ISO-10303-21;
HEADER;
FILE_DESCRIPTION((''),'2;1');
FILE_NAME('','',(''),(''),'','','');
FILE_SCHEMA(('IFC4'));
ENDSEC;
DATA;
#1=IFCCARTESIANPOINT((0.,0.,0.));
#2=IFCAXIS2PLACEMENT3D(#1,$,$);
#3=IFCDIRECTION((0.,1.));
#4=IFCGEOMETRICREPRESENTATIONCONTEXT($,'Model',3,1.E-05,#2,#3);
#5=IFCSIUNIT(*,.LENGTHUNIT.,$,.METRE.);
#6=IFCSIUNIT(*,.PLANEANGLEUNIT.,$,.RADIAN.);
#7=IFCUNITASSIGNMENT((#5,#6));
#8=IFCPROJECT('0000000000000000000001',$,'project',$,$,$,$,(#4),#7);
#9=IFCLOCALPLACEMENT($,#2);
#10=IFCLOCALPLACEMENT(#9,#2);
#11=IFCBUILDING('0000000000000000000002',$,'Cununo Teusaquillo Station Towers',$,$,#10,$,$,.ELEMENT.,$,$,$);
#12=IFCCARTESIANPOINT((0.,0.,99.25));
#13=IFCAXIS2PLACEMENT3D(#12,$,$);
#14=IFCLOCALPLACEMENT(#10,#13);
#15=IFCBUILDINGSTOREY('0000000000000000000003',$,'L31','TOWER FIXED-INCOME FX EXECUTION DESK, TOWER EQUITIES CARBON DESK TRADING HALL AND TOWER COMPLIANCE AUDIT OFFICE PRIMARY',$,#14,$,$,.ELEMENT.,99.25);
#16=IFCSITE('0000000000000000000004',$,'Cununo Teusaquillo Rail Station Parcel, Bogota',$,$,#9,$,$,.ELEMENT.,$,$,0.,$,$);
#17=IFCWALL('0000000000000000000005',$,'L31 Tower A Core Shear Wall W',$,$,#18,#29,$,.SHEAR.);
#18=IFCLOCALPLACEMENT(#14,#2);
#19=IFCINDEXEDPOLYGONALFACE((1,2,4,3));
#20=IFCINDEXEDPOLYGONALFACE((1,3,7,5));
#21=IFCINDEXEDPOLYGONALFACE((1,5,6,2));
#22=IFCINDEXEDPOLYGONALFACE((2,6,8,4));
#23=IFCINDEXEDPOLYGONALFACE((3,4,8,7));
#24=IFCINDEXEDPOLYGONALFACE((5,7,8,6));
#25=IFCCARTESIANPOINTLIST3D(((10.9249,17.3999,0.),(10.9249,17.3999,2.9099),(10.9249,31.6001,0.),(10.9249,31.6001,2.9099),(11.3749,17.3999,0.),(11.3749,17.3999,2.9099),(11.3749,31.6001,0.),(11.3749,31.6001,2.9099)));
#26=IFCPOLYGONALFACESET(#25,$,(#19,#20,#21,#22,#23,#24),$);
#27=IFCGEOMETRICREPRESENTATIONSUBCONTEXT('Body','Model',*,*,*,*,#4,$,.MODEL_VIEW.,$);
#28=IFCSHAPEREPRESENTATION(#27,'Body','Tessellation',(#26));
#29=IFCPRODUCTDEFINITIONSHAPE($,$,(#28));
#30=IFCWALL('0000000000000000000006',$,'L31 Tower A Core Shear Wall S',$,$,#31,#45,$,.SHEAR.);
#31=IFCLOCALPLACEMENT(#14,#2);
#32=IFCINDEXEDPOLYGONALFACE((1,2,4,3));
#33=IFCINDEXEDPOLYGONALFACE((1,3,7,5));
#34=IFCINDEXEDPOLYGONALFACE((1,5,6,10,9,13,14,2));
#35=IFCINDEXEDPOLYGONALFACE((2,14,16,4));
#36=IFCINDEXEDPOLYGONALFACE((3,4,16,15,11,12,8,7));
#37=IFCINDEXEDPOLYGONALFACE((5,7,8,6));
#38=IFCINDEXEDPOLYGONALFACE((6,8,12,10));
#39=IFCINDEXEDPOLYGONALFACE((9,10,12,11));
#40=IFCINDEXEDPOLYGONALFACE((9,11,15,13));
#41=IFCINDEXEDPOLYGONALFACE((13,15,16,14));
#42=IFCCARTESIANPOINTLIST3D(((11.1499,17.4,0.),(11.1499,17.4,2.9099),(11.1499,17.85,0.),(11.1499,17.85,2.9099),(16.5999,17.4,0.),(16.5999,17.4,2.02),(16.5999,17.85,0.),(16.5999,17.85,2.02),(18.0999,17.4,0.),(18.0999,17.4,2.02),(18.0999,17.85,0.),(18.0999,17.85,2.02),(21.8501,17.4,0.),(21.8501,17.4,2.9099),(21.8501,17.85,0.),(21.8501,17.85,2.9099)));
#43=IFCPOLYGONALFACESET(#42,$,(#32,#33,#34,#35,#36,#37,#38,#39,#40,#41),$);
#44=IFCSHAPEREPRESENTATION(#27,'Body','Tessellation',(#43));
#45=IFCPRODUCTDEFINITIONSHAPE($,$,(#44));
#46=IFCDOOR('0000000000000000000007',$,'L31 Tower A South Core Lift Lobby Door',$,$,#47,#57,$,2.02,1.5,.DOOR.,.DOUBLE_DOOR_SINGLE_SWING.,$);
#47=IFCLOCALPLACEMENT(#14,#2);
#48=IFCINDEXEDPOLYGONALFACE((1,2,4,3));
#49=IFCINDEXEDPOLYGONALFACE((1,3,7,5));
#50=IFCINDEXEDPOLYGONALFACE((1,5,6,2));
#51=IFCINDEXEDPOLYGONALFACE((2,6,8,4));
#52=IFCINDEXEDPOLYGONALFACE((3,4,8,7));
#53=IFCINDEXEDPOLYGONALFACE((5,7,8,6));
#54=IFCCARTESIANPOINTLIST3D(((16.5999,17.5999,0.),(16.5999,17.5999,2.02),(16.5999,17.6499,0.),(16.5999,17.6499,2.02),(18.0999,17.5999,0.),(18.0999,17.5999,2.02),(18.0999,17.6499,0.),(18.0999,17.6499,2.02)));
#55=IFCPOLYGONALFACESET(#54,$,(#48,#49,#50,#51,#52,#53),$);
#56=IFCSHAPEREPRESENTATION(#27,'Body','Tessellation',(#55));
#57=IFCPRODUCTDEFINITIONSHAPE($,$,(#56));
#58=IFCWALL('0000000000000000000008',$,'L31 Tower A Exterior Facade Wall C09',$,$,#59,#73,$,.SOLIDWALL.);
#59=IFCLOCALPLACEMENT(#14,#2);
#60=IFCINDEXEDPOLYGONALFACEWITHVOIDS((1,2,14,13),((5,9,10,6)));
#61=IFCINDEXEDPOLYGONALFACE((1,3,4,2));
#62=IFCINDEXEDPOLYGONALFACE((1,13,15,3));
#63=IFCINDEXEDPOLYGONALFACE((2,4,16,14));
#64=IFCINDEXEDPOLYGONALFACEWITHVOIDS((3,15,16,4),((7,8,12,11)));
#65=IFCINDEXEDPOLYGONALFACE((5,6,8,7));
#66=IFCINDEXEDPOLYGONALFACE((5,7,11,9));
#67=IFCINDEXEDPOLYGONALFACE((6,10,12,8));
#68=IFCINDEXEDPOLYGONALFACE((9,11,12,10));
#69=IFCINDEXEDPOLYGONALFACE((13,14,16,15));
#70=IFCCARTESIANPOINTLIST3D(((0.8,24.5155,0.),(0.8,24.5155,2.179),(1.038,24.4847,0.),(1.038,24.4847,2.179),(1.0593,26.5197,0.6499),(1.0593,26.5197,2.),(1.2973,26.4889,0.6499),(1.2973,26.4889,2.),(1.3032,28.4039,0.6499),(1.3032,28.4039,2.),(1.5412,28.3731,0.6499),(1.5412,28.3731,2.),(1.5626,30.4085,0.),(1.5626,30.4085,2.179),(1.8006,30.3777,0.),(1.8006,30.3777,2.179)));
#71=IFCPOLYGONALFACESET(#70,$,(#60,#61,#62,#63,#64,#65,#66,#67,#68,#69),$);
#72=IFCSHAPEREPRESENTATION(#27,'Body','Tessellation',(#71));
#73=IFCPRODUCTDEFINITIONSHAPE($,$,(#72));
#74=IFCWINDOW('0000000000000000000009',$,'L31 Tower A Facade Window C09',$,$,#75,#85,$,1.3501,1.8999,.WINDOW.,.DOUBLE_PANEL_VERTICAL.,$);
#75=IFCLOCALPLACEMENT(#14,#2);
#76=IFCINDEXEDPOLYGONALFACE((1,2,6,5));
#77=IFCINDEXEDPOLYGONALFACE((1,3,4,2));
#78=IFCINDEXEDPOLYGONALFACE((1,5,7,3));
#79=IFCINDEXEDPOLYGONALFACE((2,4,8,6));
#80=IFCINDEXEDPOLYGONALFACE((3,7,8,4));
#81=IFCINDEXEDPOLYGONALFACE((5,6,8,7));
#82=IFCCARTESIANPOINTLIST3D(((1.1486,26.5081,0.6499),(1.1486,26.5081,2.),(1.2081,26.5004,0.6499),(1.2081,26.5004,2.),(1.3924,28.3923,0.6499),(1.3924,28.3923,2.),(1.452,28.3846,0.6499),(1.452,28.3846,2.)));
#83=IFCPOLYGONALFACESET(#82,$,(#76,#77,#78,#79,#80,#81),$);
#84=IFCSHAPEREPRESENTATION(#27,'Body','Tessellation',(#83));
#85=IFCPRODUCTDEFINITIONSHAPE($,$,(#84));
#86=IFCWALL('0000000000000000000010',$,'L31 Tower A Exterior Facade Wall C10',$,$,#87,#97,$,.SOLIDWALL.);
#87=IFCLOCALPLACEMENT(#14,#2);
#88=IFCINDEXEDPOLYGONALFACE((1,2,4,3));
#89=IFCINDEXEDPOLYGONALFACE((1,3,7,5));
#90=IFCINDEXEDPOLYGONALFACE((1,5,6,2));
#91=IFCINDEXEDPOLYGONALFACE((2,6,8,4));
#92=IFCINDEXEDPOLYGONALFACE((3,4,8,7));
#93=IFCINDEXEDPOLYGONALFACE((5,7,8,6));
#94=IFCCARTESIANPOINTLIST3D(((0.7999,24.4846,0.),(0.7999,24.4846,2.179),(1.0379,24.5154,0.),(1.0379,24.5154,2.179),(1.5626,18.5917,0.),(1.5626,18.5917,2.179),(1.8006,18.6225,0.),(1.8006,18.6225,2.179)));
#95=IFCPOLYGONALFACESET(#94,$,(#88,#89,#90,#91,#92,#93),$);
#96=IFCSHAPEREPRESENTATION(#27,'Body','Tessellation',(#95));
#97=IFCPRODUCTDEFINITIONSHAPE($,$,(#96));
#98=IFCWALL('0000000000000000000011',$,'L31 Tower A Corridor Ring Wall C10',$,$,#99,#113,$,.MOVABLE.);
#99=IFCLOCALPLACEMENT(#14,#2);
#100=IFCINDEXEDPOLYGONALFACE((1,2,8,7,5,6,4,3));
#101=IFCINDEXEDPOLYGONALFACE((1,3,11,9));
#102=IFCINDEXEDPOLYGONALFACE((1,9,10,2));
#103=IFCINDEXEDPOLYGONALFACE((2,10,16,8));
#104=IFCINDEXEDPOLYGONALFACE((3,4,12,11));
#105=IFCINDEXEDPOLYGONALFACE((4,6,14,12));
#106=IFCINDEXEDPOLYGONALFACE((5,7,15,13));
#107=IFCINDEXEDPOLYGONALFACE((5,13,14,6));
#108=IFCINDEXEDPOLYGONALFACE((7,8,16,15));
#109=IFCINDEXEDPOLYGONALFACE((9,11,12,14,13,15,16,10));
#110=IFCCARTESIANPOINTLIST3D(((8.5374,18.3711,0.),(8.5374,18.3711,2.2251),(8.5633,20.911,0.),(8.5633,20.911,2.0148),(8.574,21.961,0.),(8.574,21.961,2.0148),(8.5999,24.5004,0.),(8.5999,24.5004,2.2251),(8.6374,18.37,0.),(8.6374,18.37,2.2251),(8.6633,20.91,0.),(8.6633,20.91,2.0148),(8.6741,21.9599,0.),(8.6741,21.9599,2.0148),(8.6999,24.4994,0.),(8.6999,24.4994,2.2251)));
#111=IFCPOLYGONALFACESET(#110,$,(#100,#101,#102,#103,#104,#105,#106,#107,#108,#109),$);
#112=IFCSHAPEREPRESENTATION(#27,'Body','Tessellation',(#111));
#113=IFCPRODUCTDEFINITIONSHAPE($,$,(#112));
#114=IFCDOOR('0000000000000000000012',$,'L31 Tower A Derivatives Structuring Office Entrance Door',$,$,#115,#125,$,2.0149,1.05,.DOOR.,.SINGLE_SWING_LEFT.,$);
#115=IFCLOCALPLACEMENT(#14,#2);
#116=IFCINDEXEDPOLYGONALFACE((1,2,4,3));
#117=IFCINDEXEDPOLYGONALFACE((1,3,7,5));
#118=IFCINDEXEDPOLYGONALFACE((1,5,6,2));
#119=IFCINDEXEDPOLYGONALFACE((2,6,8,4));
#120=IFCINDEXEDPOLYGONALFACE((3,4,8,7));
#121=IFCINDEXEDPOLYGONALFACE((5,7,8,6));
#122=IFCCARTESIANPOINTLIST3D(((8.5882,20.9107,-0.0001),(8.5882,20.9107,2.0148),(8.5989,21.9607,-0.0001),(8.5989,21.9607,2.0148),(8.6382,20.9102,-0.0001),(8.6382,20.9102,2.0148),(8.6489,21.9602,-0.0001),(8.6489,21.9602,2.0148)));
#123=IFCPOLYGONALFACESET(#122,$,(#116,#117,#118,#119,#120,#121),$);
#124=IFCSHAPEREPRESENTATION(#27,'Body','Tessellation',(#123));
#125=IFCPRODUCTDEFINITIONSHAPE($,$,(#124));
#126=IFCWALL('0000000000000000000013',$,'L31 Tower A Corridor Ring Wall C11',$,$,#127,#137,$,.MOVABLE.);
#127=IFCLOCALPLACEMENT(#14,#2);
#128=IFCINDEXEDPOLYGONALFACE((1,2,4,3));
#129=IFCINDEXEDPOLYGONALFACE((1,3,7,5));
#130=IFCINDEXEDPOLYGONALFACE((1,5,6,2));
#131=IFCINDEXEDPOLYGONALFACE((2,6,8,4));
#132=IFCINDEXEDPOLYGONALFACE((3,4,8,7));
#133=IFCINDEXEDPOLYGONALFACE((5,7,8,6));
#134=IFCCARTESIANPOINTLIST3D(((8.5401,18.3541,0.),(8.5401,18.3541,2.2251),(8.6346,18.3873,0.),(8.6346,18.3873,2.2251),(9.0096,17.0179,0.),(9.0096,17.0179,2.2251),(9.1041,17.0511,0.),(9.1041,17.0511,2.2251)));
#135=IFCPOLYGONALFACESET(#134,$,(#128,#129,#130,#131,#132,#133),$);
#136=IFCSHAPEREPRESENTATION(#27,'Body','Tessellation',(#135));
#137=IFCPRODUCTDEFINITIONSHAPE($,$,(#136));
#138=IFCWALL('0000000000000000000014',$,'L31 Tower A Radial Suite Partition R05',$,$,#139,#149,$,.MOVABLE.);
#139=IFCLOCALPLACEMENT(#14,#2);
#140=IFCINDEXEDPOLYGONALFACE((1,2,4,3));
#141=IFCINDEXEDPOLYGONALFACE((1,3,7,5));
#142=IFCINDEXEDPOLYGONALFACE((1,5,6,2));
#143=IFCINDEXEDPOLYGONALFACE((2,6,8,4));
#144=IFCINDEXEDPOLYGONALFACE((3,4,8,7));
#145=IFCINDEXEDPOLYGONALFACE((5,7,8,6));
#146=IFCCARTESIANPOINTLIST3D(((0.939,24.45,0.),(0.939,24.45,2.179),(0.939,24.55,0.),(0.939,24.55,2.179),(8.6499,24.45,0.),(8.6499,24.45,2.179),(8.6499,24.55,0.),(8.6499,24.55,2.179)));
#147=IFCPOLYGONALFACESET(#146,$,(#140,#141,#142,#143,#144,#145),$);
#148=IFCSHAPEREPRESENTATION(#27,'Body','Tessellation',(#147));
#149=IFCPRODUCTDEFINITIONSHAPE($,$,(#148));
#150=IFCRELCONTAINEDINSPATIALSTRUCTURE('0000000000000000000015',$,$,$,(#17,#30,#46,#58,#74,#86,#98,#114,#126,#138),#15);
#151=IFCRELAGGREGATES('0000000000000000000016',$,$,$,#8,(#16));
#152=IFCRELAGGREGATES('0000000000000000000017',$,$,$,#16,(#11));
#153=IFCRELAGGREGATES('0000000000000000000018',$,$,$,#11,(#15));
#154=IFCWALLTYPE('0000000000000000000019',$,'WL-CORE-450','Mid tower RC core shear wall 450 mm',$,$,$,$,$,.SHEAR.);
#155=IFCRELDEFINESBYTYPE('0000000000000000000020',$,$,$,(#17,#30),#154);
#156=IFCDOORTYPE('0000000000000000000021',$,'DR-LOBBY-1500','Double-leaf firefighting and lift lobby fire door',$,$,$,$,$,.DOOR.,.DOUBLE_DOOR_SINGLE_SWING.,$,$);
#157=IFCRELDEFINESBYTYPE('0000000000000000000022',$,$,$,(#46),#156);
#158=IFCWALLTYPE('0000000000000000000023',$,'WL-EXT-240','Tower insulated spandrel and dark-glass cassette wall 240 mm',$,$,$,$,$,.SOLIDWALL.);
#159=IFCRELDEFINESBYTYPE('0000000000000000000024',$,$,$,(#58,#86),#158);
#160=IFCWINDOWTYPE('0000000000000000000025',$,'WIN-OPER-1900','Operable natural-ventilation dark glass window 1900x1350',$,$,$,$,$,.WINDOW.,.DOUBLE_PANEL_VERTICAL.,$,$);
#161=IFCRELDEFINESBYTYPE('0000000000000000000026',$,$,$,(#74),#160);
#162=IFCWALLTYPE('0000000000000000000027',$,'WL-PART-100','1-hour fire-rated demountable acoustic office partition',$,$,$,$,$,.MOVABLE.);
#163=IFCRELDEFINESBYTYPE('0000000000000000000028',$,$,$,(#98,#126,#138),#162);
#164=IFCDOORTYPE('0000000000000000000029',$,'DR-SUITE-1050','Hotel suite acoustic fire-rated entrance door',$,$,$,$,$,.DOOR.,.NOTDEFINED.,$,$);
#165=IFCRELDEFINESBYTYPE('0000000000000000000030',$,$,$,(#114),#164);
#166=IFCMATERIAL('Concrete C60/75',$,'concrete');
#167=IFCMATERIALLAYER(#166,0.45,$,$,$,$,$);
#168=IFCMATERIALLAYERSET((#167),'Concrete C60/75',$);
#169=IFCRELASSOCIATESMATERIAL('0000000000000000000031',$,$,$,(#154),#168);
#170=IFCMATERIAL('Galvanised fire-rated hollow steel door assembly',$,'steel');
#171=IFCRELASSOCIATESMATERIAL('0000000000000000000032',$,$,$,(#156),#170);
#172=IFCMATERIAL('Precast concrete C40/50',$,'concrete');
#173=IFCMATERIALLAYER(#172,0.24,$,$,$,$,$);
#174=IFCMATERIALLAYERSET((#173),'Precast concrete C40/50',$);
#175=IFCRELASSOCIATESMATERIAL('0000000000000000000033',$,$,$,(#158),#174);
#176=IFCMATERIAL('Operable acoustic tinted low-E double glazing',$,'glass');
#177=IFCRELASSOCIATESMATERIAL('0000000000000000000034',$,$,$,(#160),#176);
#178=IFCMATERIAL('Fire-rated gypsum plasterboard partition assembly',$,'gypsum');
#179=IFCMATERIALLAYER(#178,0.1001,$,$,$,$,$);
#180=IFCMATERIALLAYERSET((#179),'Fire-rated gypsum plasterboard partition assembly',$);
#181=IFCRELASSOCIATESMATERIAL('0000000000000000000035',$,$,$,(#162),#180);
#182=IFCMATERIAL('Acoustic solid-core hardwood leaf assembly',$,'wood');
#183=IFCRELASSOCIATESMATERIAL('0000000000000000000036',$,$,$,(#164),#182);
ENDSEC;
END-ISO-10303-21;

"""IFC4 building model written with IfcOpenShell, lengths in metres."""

from ifc_helpers import new_model, si_unit, direction, frame, frame_2d, origin, place, context, subcontext, project, spatial, rectangle, extrude, source, transform, mapped, material, layer, layer_set, type_object, element, fill, save


model = new_model("IFC4")

# Units and contexts
model_context = context("Model", 3, precision=1e-05, world=origin(), true_north=direction((0.0, 1.0)))
body_context = subcontext(model_context, "Body", "Model", "MODEL_VIEW")
ifc_project = project(units=[si_unit("LENGTHUNIT", "METRE"), si_unit("PLANEANGLEUNIT", "RADIAN")], contexts=[model_context])

# Site, building, storey
site_placement = place(None, origin())
site = spatial("IfcSite", under=ifc_project, at=site_placement, Name="Cununo Teusaquillo Rail Station Parcel, Bogota", CompositionType="ELEMENT", RefElevation=0.0)
building_placement = place(site_placement, origin())
building = spatial("IfcBuilding", under=site, at=building_placement, Name="Cununo Teusaquillo Station Towers", CompositionType="ELEMENT")
storey_placement = place(building_placement, frame((0.0, 0.0, 99.25)))
storey = spatial("IfcBuildingStorey", under=building, at=storey_placement, Name="L31", Description="TOWER FIXED-INCOME FX EXECUTION DESK, TOWER EQUITIES CARBON DESK TRADING HALL AND TOWER COMPLIANCE AUDIT OFFICE PRIMARY", CompositionType="ELEMENT", Elevation=99.25)

# Wall
ifc_material_1 = material(Name="Concrete C60/75", Category="concrete")
ifc_layer_1 = layer(ifc_material_1, 0.45)
ifc_layer_set_1 = layer_set([ifc_layer_1], Name="Concrete C60/75")
wall_type_1 = type_object("IfcWallType", Name="WL-CORE-450", Description="Mid tower RC core shear wall 450 mm", PredefinedType="SHEAR", material=ifc_layer_set_1)
wall_1_placement = place(storey_placement, frame((11.1499, 17.3999, 0.0), z_axis=(0.0, 0.0, 1.0), x_axis=(0.0, 1.0, 0.0)))
element("IfcWall", 1, at=wall_1_placement, inside=storey, type_object=wall_type_1, Name="L31 Tower A Core Shear Wall W", PredefinedType="SHEAR", context=body_context, shape_type="SweptSolid", body=[
    extrude(rectangle(XDim=14.2002, YDim=0.45, at=frame_2d((7.1001, 0.0))), origin(), (0.0, 0.0, 1.0), 2.9099),
])

# Wall, opening, door
wall_2_placement = place(storey_placement, frame((11.1499, 17.625, 0.0), z_axis=(0.0, 0.0, 1.0), x_axis=(1.0, 0.0, 0.0)))
wall_2 = element("IfcWall", 2, at=wall_2_placement, inside=storey, type_object=wall_type_1, Name="L31 Tower A Core Shear Wall S", PredefinedType="SHEAR", context=body_context, shape_type="SweptSolid", body=[
    extrude(rectangle(XDim=10.7002, YDim=0.45, at=frame_2d((5.3501, 0.0))), origin(), (0.0, 0.0, 1.0), 2.9099),
])
shared_shape_1 = source(origin(), body_context, "Body", "SweptSolid", [
    extrude(rectangle(XDim=1.5, YDim=2.02, at=frame_2d((0.75, 1.01))), frame((0.0, 0.2349, 0.0), z_axis=(0.0, -1.0, 0.0), x_axis=(1.0, 0.0, 0.0)), (0.0, 0.0, 1.0), 0.47),
])
opening_1_placement = place(wall_2_placement, frame((5.45, 0.0, 0.0)))
opening_1 = element("IfcOpeningElement", 3, at=opening_1_placement, cuts=wall_2, PredefinedType="OPENING", context=body_context, shape_type="MappedRepresentation", body=[
    mapped(shared_shape_1, transform((0.0, 0.0, 0.0), x_axis=(1.0, 0.0, 0.0), y_axis=(0.0, 1.0, 0.0), z_axis=(0.0, 0.0, 1.0), scale=1.0)),
])
ifc_material_2 = material(Name="Galvanised fire-rated hollow steel door assembly", Category="steel")
door_type_1 = type_object("IfcDoorType", Name="DR-LOBBY-1500", Description="Double-leaf firefighting and lift lobby fire door", OperationType="DOUBLE_DOOR_SINGLE_SWING", PredefinedType="DOOR", material=ifc_material_2)
shared_shape_2 = source(origin(), body_context, "Body", "SweptSolid", [
    extrude(rectangle(XDim=1.5, YDim=2.02, at=frame_2d((0.75, 1.01))), frame((0.0, 0.0249, 0.0), z_axis=(0.0, -1.0, 0.0), x_axis=(1.0, 0.0, 0.0)), (0.0, 0.0, 1.0), 0.05),
])
door_1_placement = place(opening_1_placement, origin())
door_1 = element("IfcDoor", 4, at=door_1_placement, inside=storey, type_object=door_type_1, Name="L31 Tower A South Core Lift Lobby Door", OperationType="DOUBLE_DOOR_SINGLE_SWING", OverallHeight=2.02, OverallWidth=1.5, PredefinedType="DOOR", context=body_context, shape_type="MappedRepresentation", body=[
    mapped(shared_shape_2, transform((0.0, 0.0, 0.0), x_axis=(1.0, 0.0, 0.0), y_axis=(0.0, 1.0, 0.0), z_axis=(0.0, 0.0, 1.0), scale=1.0)),
])
fill(opening_1, door_1)

# Wall, opening, window
ifc_material_3 = material(Name="Precast concrete C40/50", Category="concrete")
ifc_layer_2 = layer(ifc_material_3, 0.24)
ifc_layer_set_2 = layer_set([ifc_layer_2], Name="Precast concrete C40/50")
wall_type_2 = type_object("IfcWallType", Name="WL-EXT-240", Description="Tower insulated spandrel and dark-glass cassette wall 240 mm", PredefinedType="SOLIDWALL", material=ifc_layer_set_2)
wall_3_placement = place(storey_placement, frame((0.9189, 24.5, 0.0), z_axis=(0.0, 0.0, 1.0), x_axis=(0.128352, 0.991729, 0.0)))
wall_3 = element("IfcWall", 5, at=wall_3_placement, inside=storey, type_object=wall_type_2, Name="L31 Tower A Exterior Facade Wall C09", PredefinedType="SOLIDWALL", context=body_context, shape_type="SweptSolid", body=[
    extrude(rectangle(XDim=5.9421, YDim=0.24, at=frame_2d((2.9712, 0.0))), origin(), (0.0, 0.0, 1.0), 2.179),
])
shared_shape_3 = source(origin(), body_context, "Body", "SweptSolid", [
    extrude(rectangle(XDim=1.8999, YDim=1.3501, at=frame_2d((0.95, 0.675))), frame((0.0, 0.1299, 0.0), z_axis=(0.0, -1.0, 0.0), x_axis=(1.0, 0.0, 0.0)), (0.0, 0.0, 1.0), 0.26),
])
opening_2_placement = place(wall_3_placement, frame((2.021, 0.0, 0.6499)))
opening_2 = element("IfcOpeningElement", 6, at=opening_2_placement, cuts=wall_3, PredefinedType="OPENING", context=body_context, shape_type="MappedRepresentation", body=[
    mapped(shared_shape_3, transform((0.0, 0.0, 0.0), x_axis=(1.0, 0.0, 0.0), y_axis=(0.0, 1.0, 0.0), z_axis=(0.0, 0.0, 1.0), scale=1.0)),
])
ifc_material_4 = material(Name="Operable acoustic tinted low-E double glazing", Category="glass")
window_type = type_object("IfcWindowType", Name="WIN-OPER-1900", Description="Operable natural-ventilation dark glass window 1900x1350", PartitioningType="DOUBLE_PANEL_VERTICAL", PredefinedType="WINDOW", material=ifc_material_4)
shared_shape_4 = source(origin(), body_context, "Body", "SweptSolid", [
    extrude(rectangle(XDim=1.8999, YDim=1.3501, at=frame_2d((0.95, 0.675))), frame((0.0, 0.03, 0.0), z_axis=(0.0, -1.0, 0.0), x_axis=(1.0, 0.0, 0.0)), (0.0, 0.0, 1.0), 0.0601),
])
window_placement = place(opening_2_placement, origin())
window = element("IfcWindow", 7, at=window_placement, inside=storey, type_object=window_type, Name="L31 Tower A Facade Window C09", OverallHeight=1.3501, OverallWidth=1.8999, PartitioningType="DOUBLE_PANEL_VERTICAL", PredefinedType="WINDOW", context=body_context, shape_type="MappedRepresentation", body=[
    mapped(shared_shape_4, transform((0.0, 0.0, 0.0), x_axis=(1.0, 0.0, 0.0), y_axis=(0.0, 1.0, 0.0), z_axis=(0.0, 0.0, 1.0), scale=1.0)),
])
fill(opening_2, window)

# Wall
wall_4_placement = place(storey_placement, frame((1.6816, 18.6069, 0.0), z_axis=(0.0, 0.0, 1.0), x_axis=(-0.128352, 0.991729, 0.0)))
element("IfcWall", 8, at=wall_4_placement, inside=storey, type_object=wall_type_2, Name="L31 Tower A Exterior Facade Wall C10", PredefinedType="SOLIDWALL", context=body_context, shape_type="SweptSolid", body=[
    extrude(rectangle(XDim=5.9421, YDim=0.24, at=frame_2d((2.9712, 0.0))), origin(), (0.0, 0.0, 1.0), 2.179),
])

# Wall, opening, door
ifc_material_5 = material(Name="Fire-rated gypsum plasterboard partition assembly", Category="gypsum")
ifc_layer_3 = layer(ifc_material_5, 0.1001)
ifc_layer_set_3 = layer_set([ifc_layer_3], Name="Fire-rated gypsum plasterboard partition assembly")
wall_type_3 = type_object("IfcWallType", Name="WL-PART-100", Description="1-hour fire-rated demountable acoustic office partition", PredefinedType="MOVABLE", material=ifc_layer_set_3)
wall_5_placement = place(storey_placement, frame((8.6499, 24.5, 0.0), z_axis=(0.0, 0.0, 1.0), x_axis=(-0.010196, -0.999948, 0.0)))
wall_5 = element("IfcWall", 9, at=wall_5_placement, inside=storey, type_object=wall_type_3, Name="L31 Tower A Corridor Ring Wall C10", PredefinedType="MOVABLE", context=body_context, shape_type="SweptSolid", body=[
    extrude(rectangle(XDim=6.1296, YDim=0.1001, at=frame_2d((3.0649, 0.0))), origin(), (0.0, 0.0, 1.0), 2.2251),
])
shared_shape_5 = source(origin(), body_context, "Body", "SweptSolid", [
    extrude(rectangle(XDim=1.05, YDim=2.0149, at=frame_2d((0.5249, 1.0073))), frame((0.0, 0.0601, 0.0), z_axis=(0.0, -1.0, 0.0), x_axis=(1.0, 0.0, 0.0)), (0.0, 0.0, 1.0), 0.1201),
])
opening_3_placement = place(wall_5_placement, frame((2.5398, 0.0, 0.0)))
opening_3 = element("IfcOpeningElement", 10, at=opening_3_placement, cuts=wall_5, PredefinedType="OPENING", context=body_context, shape_type="MappedRepresentation", body=[
    mapped(shared_shape_5, transform((0.0, 0.0, 0.0), x_axis=(1.0, 0.0, 0.0), y_axis=(0.0, 1.0, 0.0), z_axis=(0.0, 0.0, 1.0), scale=1.0)),
])
ifc_material_6 = material(Name="Acoustic solid-core hardwood leaf assembly", Category="wood")
door_type_2 = type_object("IfcDoorType", Name="DR-SUITE-1050", Description="Hotel suite acoustic fire-rated entrance door", OperationType="NOTDEFINED", PredefinedType="DOOR", material=ifc_material_6)
shared_shape_6 = source(origin(), body_context, "Body", "SweptSolid", [
    extrude(rectangle(XDim=1.05, YDim=2.0149, at=frame_2d((0.5249, 1.0073))), frame((0.0, 0.0249, 0.0), z_axis=(0.0, -1.0, 0.0), x_axis=(1.0, 0.0, 0.0)), (0.0, 0.0, 1.0), 0.05),
])
door_2_placement = place(opening_3_placement, origin())
door_2 = element("IfcDoor", 11, at=door_2_placement, inside=storey, type_object=door_type_2, Name="L31 Tower A Derivatives Structuring Office Entrance Door", OperationType="SINGLE_SWING_LEFT", OverallHeight=2.0149, OverallWidth=1.05, PredefinedType="DOOR", context=body_context, shape_type="MappedRepresentation", body=[
    mapped(shared_shape_6, transform((0.0, 0.0, 0.0), x_axis=(1.0, 0.0, 0.0), y_axis=(0.0, 1.0, 0.0), z_axis=(0.0, 0.0, 1.0), scale=1.0)),
])
fill(opening_3, door_2)

# Walls
wall_6_placement = place(storey_placement, frame((8.5874, 18.3706, 0.0), z_axis=(0.0, 0.0, 1.0), x_axis=(0.331494, -0.943457, 0.0)))
element("IfcWall", 12, at=wall_6_placement, inside=storey, type_object=wall_type_3, Name="L31 Tower A Corridor Ring Wall C11", PredefinedType="MOVABLE", context=body_context, shape_type="SweptSolid", body=[
    extrude(rectangle(XDim=1.4163, YDim=0.1001, at=frame_2d((0.708, 0.0))), origin(), (0.0, 0.0, 1.0), 2.2251),
])
wall_7_placement = place(storey_placement, frame((8.6499, 24.5, 0.0), z_axis=(0.0, 0.0, 1.0), x_axis=(-1.0, 0.0, 0.0)))
element("IfcWall", 13, at=wall_7_placement, inside=storey, type_object=wall_type_3, Name="L31 Tower A Radial Suite Partition R05", PredefinedType="MOVABLE", context=body_context, shape_type="SweptSolid", body=[
    extrude(rectangle(XDim=7.7109, YDim=0.1001, at=frame_2d((3.8555, 0.0))), origin(), (0.0, 0.0, 1.0), 2.179),
])

save(model, "model.ifc")
